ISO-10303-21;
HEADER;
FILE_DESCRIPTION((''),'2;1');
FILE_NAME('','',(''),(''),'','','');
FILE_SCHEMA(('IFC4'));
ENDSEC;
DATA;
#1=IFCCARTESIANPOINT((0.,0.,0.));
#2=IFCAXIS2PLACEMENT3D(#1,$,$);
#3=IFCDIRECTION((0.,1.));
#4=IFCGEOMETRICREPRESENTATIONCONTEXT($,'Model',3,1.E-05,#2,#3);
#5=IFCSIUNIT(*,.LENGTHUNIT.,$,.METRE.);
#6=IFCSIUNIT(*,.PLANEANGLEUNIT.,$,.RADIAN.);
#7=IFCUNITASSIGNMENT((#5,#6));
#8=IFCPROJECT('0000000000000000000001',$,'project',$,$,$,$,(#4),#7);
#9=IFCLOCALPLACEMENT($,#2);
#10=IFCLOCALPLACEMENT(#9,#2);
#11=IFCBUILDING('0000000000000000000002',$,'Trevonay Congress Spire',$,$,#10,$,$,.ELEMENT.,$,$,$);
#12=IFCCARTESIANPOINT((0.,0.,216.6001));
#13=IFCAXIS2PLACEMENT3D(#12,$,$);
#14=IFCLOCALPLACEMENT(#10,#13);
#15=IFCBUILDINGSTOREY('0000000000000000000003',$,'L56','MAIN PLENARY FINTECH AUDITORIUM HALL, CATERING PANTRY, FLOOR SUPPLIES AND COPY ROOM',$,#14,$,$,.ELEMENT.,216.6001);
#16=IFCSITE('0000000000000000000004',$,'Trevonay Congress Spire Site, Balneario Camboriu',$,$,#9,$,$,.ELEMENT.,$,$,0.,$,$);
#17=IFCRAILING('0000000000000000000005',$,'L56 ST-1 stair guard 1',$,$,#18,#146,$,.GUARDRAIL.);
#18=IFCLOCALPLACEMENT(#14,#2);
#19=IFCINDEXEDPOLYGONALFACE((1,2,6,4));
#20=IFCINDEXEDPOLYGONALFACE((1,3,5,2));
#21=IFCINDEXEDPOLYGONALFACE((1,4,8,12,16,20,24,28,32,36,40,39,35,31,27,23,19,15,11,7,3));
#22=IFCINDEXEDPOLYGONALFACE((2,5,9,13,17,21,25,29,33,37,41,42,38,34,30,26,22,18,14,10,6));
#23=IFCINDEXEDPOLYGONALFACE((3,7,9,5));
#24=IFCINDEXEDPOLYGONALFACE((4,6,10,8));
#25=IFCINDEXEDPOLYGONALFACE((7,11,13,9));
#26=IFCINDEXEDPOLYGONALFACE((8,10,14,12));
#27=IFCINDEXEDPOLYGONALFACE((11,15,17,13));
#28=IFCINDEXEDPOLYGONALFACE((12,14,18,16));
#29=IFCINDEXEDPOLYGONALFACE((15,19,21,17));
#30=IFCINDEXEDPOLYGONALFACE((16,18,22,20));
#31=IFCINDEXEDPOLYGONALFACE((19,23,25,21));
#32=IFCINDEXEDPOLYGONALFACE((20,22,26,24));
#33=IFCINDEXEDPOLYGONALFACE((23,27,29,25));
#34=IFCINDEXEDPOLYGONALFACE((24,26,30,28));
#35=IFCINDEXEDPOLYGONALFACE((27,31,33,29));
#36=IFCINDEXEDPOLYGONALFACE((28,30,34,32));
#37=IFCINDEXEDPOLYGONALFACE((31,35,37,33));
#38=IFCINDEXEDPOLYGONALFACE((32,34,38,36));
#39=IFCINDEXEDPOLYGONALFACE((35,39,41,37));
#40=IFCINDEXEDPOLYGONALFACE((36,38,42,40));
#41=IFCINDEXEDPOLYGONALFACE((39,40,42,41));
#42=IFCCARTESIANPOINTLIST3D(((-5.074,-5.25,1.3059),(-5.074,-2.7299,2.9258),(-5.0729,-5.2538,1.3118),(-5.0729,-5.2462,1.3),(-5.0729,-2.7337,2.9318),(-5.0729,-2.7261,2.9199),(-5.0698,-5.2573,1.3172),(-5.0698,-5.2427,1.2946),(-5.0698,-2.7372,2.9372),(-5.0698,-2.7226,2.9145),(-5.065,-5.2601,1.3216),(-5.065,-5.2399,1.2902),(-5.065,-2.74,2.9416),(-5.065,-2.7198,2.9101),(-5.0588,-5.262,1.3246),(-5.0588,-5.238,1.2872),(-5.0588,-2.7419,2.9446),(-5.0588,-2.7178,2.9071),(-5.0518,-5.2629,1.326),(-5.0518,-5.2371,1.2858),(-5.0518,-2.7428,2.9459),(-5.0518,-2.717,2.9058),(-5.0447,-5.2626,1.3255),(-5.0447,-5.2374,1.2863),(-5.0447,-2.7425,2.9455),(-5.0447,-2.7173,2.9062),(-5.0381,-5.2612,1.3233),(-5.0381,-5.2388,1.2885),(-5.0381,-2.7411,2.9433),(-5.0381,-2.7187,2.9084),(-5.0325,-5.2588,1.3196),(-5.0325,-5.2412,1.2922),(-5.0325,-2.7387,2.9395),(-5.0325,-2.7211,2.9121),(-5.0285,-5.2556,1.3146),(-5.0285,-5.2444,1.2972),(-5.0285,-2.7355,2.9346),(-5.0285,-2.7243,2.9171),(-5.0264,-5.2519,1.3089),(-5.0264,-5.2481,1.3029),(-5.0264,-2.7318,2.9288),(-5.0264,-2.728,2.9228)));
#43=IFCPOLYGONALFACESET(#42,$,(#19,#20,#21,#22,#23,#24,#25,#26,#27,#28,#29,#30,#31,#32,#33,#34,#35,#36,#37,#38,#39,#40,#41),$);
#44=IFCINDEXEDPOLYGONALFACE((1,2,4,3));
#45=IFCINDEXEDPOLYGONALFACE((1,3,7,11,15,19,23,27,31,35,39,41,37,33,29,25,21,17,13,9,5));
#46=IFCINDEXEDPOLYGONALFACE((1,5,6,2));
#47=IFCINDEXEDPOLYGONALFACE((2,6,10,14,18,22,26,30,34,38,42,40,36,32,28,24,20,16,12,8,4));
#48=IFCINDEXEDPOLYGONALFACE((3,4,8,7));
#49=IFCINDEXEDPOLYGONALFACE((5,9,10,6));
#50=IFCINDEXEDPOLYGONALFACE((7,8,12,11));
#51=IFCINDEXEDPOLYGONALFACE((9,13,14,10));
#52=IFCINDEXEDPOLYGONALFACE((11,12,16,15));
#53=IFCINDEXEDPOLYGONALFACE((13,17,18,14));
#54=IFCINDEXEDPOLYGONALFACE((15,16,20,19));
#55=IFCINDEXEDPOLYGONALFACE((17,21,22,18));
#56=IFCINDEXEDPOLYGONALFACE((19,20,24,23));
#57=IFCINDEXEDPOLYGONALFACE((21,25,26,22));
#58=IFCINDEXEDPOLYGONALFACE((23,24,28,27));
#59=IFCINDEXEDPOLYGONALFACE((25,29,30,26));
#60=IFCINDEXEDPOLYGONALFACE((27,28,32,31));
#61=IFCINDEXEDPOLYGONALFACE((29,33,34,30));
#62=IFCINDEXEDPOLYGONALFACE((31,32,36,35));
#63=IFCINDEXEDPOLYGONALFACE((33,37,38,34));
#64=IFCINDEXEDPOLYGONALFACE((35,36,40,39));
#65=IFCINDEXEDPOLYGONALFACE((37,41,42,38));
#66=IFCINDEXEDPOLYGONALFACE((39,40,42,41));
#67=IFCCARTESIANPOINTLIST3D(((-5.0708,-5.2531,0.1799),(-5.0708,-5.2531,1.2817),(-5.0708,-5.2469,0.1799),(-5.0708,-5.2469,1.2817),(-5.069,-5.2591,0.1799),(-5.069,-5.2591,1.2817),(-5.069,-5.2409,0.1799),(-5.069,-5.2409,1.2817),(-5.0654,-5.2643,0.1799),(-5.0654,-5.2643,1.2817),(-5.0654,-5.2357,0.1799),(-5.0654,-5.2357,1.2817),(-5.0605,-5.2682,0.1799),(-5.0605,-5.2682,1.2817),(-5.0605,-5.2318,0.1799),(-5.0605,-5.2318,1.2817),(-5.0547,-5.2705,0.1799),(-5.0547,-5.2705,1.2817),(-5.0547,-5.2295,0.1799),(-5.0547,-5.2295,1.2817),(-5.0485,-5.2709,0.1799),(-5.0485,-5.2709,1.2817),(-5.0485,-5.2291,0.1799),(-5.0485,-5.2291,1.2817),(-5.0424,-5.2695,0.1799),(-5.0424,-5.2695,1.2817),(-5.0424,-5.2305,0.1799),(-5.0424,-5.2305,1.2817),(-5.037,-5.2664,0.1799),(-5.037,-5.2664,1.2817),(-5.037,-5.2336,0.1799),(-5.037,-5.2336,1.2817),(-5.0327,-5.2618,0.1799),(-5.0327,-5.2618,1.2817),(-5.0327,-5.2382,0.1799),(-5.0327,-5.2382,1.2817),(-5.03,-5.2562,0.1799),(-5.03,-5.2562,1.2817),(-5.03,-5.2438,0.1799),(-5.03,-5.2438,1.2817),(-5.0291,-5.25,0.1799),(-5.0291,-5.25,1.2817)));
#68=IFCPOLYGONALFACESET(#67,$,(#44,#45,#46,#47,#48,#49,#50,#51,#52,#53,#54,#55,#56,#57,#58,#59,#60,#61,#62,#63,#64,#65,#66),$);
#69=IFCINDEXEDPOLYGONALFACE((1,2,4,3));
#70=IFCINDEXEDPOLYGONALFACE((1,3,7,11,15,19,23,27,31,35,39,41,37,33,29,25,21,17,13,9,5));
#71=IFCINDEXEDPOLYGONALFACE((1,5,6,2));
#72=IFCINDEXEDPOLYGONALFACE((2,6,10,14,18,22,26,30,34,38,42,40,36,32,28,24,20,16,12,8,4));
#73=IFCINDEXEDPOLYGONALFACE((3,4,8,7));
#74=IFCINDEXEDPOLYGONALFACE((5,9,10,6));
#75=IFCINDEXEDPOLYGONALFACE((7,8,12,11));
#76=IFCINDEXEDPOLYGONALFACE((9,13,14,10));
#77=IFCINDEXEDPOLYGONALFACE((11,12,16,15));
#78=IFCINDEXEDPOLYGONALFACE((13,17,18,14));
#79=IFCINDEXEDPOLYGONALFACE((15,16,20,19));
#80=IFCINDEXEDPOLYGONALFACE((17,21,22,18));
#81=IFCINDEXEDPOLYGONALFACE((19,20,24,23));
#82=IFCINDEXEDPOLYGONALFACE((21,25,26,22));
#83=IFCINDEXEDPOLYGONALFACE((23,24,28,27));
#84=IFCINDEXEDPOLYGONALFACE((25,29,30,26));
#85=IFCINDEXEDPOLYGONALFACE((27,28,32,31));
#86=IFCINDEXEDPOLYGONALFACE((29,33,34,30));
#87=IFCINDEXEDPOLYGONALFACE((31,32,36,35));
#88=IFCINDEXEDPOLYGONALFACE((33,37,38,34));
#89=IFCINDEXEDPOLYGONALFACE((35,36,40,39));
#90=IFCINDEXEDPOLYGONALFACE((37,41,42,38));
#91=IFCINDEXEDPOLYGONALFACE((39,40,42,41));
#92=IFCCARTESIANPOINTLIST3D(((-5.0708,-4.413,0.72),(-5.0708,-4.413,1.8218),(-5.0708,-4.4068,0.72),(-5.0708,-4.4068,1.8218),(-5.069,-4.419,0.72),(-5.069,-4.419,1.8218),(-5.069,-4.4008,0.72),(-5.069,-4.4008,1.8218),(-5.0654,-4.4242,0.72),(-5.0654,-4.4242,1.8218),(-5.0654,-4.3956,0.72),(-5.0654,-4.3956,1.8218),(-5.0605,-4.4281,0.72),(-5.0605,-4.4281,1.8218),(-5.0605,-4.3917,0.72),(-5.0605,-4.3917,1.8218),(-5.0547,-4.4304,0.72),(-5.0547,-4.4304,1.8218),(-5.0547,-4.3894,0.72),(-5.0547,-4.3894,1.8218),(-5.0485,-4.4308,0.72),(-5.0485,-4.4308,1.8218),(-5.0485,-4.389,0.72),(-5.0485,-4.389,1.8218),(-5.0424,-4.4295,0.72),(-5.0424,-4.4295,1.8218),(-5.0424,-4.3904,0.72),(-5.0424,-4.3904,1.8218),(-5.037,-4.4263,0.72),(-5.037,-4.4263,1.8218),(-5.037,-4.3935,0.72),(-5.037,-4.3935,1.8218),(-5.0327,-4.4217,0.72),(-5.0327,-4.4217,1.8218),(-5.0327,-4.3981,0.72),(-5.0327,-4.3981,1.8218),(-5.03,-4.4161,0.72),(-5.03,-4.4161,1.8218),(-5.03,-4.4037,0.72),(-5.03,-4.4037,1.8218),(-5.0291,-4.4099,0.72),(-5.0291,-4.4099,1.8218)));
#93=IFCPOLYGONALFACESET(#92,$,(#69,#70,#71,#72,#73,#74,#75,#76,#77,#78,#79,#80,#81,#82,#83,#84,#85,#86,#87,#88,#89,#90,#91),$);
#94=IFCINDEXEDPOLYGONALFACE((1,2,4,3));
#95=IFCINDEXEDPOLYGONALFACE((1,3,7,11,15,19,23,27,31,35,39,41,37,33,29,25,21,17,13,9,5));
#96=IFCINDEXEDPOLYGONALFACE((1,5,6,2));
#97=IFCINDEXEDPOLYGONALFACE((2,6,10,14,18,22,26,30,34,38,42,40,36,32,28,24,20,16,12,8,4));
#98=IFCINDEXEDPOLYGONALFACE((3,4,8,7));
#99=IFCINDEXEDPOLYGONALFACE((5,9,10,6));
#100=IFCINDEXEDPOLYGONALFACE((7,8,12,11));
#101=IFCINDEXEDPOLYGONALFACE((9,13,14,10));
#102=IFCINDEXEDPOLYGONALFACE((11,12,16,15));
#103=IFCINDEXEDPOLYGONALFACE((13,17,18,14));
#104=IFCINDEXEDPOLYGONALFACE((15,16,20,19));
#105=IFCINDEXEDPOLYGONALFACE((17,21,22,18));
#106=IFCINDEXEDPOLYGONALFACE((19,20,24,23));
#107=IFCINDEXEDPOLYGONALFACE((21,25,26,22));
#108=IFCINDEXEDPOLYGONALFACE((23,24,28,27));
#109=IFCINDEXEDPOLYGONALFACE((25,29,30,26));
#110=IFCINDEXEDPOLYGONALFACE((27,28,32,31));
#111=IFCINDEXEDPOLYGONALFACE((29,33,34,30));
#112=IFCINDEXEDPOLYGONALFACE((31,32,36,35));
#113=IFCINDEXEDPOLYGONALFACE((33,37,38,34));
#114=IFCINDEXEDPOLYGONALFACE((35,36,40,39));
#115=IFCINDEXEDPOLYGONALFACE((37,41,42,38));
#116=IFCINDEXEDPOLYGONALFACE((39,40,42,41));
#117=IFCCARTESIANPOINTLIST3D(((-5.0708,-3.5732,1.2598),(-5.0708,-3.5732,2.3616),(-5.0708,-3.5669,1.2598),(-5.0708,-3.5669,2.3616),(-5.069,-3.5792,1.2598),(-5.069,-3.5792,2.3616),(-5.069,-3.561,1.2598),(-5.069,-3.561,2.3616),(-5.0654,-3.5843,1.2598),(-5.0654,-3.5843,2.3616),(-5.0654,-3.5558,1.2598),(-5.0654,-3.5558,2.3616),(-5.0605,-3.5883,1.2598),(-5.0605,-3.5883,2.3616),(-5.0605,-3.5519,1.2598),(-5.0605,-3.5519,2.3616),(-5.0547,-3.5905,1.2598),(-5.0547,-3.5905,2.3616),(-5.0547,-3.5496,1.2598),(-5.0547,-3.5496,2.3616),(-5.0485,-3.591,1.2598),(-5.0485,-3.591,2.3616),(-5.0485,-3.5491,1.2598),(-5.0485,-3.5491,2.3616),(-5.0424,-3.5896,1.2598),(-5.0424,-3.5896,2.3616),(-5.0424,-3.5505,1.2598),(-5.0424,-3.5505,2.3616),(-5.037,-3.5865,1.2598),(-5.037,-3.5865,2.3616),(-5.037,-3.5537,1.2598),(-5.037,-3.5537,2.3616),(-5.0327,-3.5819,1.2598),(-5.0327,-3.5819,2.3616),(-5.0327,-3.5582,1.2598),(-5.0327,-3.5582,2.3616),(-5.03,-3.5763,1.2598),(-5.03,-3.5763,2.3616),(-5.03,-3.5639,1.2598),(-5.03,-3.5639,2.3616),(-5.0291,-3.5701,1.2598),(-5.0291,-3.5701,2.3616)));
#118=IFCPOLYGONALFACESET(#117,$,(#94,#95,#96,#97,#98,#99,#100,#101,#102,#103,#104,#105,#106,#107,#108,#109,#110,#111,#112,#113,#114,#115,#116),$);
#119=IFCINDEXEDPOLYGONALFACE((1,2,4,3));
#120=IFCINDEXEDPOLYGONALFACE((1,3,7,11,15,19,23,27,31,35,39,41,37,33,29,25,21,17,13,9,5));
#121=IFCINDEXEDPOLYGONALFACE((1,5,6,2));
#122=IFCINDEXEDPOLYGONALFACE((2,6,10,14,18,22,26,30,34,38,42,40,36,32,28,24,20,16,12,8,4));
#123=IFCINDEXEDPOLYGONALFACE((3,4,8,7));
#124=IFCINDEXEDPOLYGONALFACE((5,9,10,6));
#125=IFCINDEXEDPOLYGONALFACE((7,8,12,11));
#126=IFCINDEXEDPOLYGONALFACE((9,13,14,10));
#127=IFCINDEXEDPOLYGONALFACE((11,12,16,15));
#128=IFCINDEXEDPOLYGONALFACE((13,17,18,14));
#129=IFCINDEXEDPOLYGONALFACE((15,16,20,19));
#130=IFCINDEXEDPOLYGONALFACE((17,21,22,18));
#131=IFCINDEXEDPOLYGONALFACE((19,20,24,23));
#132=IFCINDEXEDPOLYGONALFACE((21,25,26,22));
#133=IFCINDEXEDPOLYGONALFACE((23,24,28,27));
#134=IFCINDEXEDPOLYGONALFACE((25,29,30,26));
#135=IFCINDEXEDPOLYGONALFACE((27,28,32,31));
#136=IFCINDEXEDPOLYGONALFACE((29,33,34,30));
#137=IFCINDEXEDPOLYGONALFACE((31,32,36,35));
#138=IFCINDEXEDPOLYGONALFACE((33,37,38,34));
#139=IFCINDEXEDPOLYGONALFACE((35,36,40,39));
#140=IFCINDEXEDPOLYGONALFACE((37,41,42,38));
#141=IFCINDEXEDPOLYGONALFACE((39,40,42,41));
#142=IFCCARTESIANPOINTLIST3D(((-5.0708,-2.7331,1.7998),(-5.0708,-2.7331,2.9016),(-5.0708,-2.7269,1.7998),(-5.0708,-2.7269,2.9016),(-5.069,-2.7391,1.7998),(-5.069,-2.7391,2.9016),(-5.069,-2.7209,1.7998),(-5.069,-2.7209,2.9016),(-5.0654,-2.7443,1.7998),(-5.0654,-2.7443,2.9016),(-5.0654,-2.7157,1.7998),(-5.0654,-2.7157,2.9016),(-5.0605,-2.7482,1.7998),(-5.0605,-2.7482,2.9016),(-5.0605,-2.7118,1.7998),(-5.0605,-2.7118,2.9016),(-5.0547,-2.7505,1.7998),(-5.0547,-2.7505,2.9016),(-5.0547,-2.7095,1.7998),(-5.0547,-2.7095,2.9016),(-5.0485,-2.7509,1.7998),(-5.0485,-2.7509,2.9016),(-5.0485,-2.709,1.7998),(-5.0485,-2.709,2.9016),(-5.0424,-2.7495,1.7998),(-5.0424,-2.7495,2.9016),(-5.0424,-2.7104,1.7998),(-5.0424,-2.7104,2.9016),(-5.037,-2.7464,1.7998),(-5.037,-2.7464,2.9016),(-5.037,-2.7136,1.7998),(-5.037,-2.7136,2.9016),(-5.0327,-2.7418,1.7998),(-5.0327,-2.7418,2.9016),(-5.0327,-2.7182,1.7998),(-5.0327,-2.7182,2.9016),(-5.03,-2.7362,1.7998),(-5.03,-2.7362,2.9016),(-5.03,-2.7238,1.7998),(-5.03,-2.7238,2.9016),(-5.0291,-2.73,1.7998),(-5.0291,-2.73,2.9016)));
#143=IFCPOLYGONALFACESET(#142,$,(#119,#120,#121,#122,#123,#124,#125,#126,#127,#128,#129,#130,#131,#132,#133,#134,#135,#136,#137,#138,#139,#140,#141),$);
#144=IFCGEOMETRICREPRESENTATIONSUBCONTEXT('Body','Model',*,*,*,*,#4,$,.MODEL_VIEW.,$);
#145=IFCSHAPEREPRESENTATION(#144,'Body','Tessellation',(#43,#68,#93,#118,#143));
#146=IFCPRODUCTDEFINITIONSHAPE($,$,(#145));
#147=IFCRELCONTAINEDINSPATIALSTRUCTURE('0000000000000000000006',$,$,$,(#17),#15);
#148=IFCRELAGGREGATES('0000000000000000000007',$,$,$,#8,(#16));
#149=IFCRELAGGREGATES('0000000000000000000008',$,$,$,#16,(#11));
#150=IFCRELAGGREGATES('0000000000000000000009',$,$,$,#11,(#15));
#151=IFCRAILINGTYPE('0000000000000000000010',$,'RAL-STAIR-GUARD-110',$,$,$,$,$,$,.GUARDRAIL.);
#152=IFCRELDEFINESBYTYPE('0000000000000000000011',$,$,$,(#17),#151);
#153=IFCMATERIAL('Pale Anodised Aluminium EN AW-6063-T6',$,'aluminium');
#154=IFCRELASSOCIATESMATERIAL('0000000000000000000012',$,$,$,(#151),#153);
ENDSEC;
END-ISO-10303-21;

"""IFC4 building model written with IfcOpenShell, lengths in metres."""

from ifc_helpers import new_model, si_unit, direction, frame, origin, origin_2d, place, context, subcontext, project, spatial, circle, extrude, material, type_object, element, save


model = new_model("IFC4")

# Units and contexts
model_context = context("Model", 3, precision=1e-05, world=origin(), true_north=direction((0.0, 1.0)))
body_context = subcontext(model_context, "Body", "Model", "MODEL_VIEW")
ifc_project = project(units=[si_unit("LENGTHUNIT", "METRE"), si_unit("PLANEANGLEUNIT", "RADIAN")], contexts=[model_context])

# Site, building, storey
site_placement = place(None, origin())
site = spatial("IfcSite", under=ifc_project, at=site_placement, Name="Trevonay Congress Spire Site, Balneario Camboriu", CompositionType="ELEMENT", RefElevation=0.0)
building_placement = place(site_placement, origin())
building = spatial("IfcBuilding", under=site, at=building_placement, Name="Trevonay Congress Spire", CompositionType="ELEMENT")
storey_placement = place(building_placement, frame((0.0, 0.0, 216.6001)))
storey = spatial("IfcBuildingStorey", under=building, at=storey_placement, Name="L56", Description="MAIN PLENARY FINTECH AUDITORIUM HALL, CATERING PANTRY, FLOOR SUPPLIES AND COPY ROOM", CompositionType="ELEMENT", Elevation=216.6001)

# Shared definitions
ifc_material_1 = material(Name="Pale Anodised Aluminium EN AW-6063-T6", Category="aluminium")

# Railing
railing_type_1 = type_object("IfcRailingType", Name="RAL-STAIR-GUARD-110", PredefinedType="GUARDRAIL", material=ifc_material_1)
railing_1_placement = place(storey_placement, frame((-5.05, -5.25, 0.1799)))
element("IfcRailing", 1, at=railing_1_placement, inside=storey, type_object=railing_type_1, Name="L56 ST-1 stair guard 1", PredefinedType="GUARDRAIL", context=body_context, shape_type="SweptSolid", body=[
    extrude(circle(Radius=0.0239, at=origin_2d()), frame((0.0, 0.0, 1.126), z_axis=(0.0, 0.8412, 0.540725), x_axis=(-1.0, 0.0, 0.0)), (0.0, 0.0, 1.0), 2.9958),
    extrude(circle(Radius=0.021, at=origin_2d()), origin(), (0.0, 0.0, 1.0), 1.1018),
    extrude(circle(Radius=0.021, at=origin_2d()), frame((0.0, 0.8401, 0.54)), (0.0, 0.0, 1.0), 1.1018),
    extrude(circle(Radius=0.021, at=origin_2d()), frame((0.0, 1.6799, 1.0798)), (0.0, 0.0, 1.0), 1.1018),
    extrude(circle(Radius=0.021, at=origin_2d()), frame((0.0, 2.52, 1.6199)), (0.0, 0.0, 1.0), 1.1018),
])

save(model, "model.ifc")
